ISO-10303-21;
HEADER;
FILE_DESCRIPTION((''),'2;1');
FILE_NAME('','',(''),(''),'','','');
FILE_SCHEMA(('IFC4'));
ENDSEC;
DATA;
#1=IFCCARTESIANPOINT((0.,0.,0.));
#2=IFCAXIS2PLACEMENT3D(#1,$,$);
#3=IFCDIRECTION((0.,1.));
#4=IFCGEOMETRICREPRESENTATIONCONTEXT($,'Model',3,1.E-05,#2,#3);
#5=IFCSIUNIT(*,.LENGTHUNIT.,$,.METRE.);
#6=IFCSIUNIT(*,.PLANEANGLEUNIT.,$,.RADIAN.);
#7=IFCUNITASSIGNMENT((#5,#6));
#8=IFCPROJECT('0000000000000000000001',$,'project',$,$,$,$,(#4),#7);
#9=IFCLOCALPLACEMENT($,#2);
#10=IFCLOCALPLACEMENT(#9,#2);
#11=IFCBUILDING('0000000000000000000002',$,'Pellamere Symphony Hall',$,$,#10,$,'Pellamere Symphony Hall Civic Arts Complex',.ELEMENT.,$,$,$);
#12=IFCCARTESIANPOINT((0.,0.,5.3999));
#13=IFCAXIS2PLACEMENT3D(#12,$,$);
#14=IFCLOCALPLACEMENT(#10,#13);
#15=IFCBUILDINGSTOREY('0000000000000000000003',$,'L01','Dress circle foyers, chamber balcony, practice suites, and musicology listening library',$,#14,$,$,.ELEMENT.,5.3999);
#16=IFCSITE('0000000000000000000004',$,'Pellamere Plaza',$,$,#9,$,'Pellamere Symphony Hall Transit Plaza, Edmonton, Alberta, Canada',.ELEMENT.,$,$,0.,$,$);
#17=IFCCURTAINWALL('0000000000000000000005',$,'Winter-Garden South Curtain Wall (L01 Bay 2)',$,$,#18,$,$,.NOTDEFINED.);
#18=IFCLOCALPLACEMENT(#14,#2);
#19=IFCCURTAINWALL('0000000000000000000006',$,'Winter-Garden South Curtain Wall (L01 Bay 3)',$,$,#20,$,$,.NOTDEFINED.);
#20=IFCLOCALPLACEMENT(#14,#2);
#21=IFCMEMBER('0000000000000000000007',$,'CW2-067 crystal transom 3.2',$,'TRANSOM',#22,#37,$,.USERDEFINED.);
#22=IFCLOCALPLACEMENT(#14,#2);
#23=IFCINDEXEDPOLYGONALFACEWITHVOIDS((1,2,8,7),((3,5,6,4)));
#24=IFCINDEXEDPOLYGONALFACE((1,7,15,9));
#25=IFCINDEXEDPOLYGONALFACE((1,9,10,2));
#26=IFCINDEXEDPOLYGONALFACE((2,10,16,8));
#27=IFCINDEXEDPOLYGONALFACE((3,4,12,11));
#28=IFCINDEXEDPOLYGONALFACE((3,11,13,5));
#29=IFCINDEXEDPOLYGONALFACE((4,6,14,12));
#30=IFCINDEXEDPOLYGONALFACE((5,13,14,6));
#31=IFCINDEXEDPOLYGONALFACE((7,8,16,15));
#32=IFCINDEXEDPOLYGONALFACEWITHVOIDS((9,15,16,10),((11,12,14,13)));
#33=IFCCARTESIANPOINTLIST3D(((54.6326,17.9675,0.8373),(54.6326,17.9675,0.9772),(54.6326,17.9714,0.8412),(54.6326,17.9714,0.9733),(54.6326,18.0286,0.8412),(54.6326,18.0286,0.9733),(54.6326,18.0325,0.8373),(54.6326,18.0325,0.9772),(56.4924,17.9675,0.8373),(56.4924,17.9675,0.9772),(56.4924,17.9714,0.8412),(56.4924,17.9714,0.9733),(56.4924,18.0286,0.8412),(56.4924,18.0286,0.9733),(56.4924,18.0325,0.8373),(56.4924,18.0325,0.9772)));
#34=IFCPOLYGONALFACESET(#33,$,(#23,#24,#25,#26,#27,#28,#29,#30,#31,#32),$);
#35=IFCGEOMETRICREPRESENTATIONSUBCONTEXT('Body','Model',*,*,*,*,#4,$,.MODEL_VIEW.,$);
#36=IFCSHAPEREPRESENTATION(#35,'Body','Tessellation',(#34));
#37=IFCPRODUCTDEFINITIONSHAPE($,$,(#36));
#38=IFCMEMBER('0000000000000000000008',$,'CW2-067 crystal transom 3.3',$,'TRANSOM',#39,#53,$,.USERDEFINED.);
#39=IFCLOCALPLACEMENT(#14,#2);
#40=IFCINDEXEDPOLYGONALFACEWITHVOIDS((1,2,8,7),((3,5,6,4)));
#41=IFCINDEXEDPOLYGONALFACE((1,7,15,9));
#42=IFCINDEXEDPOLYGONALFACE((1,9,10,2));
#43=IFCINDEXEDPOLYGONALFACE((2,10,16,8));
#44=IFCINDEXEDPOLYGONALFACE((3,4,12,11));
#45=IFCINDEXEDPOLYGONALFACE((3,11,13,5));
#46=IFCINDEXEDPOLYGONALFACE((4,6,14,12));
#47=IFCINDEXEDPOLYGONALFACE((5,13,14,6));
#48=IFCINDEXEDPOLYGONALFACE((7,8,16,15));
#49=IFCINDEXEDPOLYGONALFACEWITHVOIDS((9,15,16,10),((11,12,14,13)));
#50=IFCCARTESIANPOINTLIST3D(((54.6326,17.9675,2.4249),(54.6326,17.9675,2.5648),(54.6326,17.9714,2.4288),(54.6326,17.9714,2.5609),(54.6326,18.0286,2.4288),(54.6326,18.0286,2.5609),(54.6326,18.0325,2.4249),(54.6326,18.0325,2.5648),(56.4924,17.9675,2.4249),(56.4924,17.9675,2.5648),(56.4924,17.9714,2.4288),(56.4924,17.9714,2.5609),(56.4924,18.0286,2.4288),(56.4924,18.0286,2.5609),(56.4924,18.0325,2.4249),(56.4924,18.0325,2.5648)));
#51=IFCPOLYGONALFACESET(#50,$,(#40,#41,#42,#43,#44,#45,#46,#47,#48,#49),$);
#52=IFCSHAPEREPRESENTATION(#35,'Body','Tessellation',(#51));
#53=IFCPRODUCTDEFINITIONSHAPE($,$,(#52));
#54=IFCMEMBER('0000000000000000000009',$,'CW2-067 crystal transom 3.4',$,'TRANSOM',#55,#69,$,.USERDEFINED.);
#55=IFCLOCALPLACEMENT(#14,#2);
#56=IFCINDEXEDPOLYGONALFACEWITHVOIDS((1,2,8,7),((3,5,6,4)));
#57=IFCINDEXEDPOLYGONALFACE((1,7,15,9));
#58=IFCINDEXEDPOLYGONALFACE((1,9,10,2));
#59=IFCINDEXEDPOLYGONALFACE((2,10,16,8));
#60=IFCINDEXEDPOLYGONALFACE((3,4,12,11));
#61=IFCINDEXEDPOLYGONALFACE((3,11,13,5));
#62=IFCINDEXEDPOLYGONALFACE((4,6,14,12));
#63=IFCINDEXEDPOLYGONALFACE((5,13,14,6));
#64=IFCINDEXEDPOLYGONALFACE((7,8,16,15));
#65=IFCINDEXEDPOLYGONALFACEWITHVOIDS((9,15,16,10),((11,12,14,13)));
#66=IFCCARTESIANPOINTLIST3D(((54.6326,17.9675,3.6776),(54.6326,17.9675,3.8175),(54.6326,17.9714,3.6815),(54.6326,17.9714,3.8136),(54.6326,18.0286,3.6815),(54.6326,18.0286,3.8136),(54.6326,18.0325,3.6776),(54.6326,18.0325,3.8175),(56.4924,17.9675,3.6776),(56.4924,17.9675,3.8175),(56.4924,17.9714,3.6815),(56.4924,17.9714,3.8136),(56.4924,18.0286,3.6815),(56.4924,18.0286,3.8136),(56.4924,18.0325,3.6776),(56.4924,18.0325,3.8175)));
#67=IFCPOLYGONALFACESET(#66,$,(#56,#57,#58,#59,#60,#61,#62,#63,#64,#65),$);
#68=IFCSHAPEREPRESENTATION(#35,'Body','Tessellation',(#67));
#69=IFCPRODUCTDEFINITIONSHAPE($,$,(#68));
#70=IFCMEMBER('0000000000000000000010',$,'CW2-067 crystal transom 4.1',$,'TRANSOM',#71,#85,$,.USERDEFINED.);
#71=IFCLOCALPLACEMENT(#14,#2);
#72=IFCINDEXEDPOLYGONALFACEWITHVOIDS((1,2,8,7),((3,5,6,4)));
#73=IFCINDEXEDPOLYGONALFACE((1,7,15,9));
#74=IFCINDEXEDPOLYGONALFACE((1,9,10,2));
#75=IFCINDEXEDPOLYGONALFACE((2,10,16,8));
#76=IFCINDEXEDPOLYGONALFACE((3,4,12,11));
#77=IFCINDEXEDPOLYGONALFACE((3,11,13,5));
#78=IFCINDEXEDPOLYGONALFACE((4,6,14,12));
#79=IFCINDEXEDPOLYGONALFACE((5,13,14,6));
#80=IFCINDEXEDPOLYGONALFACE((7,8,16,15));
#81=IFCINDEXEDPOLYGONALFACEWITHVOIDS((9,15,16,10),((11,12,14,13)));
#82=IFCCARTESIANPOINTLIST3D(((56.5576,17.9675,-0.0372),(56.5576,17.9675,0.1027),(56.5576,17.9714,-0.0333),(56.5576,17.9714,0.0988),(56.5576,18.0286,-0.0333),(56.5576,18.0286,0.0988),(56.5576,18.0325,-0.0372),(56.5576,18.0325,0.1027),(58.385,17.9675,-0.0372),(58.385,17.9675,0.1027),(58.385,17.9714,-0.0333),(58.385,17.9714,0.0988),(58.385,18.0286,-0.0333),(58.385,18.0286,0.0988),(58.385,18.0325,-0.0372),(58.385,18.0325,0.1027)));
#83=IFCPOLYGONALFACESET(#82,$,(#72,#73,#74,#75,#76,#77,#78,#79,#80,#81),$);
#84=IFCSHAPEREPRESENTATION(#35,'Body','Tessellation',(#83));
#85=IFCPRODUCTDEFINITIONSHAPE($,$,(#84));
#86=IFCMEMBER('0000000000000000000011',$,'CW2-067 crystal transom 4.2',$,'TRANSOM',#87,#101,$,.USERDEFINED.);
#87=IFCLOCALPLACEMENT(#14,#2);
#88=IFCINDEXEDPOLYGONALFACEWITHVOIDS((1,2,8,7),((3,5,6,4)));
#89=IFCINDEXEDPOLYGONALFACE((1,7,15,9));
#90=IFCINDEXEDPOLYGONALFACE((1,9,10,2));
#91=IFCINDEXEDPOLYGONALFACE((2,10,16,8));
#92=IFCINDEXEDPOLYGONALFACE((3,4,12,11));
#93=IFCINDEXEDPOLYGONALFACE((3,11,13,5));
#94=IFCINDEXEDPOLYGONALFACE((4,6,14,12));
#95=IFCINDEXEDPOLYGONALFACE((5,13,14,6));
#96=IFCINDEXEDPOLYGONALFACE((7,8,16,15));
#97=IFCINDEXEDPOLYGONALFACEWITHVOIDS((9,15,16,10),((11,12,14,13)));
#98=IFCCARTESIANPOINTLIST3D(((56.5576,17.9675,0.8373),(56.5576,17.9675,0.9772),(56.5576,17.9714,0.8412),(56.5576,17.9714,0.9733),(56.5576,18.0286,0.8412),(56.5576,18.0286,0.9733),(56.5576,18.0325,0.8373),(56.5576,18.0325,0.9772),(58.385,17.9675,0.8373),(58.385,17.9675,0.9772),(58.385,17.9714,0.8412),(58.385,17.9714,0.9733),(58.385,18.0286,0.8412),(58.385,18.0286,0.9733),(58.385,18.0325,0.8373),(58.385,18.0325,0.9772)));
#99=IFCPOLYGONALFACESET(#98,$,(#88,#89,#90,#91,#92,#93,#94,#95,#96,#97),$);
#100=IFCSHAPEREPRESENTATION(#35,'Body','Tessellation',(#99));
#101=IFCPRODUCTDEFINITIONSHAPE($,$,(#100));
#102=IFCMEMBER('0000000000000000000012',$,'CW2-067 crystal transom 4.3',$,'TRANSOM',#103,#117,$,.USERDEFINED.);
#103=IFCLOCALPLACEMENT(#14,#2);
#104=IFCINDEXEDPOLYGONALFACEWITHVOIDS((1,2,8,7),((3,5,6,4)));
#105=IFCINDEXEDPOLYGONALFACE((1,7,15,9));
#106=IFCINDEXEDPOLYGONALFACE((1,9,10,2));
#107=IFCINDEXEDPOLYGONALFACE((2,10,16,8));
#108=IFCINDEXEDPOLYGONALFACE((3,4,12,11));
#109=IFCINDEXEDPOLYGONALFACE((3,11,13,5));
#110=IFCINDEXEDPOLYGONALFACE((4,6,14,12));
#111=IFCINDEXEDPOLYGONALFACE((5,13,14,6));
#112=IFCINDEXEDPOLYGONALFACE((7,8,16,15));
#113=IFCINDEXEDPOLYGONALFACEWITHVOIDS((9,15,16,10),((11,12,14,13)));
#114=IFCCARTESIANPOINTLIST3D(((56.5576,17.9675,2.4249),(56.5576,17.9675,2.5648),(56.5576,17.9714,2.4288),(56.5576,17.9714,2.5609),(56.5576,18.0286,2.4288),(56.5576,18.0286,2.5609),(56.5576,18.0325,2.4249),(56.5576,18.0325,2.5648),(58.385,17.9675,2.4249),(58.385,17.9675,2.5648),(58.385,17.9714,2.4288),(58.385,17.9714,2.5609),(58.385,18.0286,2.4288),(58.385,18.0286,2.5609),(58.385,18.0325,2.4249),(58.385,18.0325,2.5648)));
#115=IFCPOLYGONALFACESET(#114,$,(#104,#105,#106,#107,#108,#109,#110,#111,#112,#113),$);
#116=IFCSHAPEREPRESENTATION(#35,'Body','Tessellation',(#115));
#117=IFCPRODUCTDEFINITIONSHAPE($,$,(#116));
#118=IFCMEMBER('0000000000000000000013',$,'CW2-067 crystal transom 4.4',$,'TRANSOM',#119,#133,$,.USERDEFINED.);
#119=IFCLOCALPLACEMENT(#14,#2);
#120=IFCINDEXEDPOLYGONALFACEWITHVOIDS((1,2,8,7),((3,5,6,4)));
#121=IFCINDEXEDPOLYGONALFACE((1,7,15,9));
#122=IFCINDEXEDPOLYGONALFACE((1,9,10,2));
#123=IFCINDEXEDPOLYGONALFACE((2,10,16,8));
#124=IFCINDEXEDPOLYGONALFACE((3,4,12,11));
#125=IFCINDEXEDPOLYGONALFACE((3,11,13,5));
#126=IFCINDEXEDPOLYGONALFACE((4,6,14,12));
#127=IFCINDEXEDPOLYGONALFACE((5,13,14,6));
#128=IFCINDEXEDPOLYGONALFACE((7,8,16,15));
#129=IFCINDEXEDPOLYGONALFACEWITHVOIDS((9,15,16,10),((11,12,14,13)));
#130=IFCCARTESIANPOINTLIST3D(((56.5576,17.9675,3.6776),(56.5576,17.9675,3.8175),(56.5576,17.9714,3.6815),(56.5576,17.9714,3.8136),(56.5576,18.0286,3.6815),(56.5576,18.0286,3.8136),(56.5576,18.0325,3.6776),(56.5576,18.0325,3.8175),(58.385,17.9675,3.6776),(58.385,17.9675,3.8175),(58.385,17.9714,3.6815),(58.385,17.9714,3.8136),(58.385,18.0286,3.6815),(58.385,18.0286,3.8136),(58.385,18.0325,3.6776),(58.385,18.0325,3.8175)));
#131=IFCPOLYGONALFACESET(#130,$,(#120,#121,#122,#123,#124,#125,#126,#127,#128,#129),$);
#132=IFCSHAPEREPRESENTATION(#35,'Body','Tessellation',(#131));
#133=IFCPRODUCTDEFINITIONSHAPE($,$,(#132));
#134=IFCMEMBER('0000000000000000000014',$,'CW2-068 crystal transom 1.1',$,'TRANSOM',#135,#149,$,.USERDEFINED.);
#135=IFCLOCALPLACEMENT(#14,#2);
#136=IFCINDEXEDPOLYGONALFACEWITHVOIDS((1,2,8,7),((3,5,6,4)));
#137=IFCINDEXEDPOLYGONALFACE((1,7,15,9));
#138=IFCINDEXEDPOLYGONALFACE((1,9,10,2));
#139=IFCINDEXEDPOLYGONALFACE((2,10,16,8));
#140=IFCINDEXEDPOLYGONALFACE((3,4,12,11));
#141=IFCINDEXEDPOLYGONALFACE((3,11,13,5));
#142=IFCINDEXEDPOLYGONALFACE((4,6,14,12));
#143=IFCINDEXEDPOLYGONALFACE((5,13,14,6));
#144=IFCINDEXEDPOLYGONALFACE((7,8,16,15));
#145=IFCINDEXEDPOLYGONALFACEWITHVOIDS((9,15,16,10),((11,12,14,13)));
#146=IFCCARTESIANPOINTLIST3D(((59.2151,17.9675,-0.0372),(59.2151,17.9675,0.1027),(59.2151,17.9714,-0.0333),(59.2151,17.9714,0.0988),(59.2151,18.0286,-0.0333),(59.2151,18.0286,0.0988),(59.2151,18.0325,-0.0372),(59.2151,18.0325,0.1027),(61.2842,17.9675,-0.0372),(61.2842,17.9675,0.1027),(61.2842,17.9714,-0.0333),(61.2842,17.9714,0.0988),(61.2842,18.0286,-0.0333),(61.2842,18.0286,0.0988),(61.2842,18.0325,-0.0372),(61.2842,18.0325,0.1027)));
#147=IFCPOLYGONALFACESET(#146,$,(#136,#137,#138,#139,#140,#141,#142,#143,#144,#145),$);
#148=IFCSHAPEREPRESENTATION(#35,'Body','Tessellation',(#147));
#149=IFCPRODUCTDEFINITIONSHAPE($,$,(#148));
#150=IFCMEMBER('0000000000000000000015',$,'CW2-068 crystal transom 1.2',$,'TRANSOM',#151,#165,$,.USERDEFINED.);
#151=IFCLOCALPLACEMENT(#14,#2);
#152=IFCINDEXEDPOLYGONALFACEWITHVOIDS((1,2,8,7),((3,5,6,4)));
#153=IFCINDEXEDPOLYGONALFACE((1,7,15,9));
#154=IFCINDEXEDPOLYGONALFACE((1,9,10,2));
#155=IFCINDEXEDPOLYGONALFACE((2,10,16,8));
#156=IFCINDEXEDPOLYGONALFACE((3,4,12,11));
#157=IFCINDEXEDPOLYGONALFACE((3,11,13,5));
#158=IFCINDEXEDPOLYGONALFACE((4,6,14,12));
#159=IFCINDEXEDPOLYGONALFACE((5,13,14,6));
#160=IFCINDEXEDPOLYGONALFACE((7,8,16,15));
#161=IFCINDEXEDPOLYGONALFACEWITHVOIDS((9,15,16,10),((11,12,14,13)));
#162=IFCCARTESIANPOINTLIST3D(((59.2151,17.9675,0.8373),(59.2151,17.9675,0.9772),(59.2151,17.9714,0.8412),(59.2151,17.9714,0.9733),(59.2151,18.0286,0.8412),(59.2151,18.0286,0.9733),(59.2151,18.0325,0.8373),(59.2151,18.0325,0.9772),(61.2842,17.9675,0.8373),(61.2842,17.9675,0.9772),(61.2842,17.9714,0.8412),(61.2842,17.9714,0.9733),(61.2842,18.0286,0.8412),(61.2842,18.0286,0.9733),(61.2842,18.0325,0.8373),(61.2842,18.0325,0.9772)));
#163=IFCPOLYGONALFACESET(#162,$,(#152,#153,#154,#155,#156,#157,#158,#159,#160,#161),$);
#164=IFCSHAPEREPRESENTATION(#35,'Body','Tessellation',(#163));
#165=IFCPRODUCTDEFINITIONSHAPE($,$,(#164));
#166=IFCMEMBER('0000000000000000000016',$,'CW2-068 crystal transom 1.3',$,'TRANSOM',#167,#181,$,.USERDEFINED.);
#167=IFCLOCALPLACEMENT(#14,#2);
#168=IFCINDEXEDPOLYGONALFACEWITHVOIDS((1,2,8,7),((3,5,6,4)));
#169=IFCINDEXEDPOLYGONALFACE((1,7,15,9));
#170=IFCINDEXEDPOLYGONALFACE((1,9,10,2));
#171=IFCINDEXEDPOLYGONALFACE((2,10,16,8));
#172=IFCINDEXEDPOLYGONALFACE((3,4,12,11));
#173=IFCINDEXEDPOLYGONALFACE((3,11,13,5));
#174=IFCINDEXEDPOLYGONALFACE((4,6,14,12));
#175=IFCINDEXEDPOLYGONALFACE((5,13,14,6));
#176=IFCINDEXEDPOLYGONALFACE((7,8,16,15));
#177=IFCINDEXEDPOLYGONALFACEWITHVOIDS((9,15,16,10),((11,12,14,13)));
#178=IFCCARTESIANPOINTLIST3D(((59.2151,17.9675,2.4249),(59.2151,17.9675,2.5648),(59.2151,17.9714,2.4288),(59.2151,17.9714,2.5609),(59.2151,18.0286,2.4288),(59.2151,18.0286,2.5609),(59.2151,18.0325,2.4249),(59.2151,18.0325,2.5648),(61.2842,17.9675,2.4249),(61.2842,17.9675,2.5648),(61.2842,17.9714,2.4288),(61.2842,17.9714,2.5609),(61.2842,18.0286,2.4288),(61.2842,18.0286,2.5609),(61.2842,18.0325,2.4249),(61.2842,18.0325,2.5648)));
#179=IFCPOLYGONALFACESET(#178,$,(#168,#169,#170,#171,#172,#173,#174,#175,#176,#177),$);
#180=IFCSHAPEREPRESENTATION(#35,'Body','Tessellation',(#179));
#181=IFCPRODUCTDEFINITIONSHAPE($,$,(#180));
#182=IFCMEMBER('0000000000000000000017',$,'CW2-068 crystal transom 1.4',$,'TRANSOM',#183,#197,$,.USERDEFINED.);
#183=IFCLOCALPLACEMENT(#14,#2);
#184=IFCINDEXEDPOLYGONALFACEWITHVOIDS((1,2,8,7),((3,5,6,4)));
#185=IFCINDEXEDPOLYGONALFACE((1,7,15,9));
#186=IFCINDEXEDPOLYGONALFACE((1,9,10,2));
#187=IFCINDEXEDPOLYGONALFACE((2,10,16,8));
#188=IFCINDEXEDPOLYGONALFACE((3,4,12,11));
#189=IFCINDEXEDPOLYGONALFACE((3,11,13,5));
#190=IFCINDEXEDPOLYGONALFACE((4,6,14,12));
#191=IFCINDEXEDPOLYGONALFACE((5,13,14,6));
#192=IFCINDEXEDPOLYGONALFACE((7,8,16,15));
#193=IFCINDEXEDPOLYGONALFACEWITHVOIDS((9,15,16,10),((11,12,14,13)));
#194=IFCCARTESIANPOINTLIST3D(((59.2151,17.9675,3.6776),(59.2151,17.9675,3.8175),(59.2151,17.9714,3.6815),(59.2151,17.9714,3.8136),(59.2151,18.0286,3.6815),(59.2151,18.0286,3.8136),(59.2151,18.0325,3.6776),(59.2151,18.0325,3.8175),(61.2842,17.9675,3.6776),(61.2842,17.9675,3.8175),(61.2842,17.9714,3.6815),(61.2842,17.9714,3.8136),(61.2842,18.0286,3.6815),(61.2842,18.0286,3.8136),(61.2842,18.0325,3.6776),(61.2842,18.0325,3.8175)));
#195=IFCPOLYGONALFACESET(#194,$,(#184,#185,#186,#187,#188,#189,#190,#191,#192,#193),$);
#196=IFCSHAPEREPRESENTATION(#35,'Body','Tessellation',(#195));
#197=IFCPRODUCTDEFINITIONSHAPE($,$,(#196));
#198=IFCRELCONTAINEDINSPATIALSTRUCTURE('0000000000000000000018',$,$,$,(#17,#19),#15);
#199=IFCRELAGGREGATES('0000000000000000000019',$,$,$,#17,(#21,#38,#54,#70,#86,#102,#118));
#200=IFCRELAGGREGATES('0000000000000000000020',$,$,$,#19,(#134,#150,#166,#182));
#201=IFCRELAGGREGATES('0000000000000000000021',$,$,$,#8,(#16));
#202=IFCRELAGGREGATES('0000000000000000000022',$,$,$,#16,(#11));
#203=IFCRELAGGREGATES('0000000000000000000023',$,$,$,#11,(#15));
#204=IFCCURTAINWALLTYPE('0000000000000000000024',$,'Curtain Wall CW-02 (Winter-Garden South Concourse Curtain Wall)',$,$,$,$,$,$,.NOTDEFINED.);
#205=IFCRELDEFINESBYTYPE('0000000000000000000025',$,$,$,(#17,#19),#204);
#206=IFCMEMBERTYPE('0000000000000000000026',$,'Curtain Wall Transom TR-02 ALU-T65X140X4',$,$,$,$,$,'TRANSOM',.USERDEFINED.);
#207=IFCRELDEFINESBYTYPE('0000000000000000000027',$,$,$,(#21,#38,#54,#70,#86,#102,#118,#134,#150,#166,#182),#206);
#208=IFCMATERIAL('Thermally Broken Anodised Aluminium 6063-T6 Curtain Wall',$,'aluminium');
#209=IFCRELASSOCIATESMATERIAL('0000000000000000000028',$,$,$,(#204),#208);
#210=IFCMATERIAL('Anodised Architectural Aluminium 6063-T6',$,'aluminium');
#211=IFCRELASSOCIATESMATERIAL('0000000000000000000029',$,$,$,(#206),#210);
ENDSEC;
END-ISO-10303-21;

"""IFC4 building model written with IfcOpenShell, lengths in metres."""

from ifc_helpers import new_model, si_unit, direction, frame, origin, origin_2d, place, context, subcontext, project, spatial, hollow_rectangle, extrude, material, material_profile, profile_set, type_object, element, aggregate, save


model = new_model("IFC4")

# Units and contexts
model_context = context("Model", 3, precision=1e-05, world=origin(), true_north=direction((0.0, 1.0)))
body_context = subcontext(model_context, "Body", "Model", "MODEL_VIEW")
ifc_project = project(units=[si_unit("LENGTHUNIT", "METRE"), si_unit("PLANEANGLEUNIT", "RADIAN")], contexts=[model_context])

# Site, building, storey
site_placement = place(None, origin())
site = spatial("IfcSite", under=ifc_project, at=site_placement, Name="Pellamere Plaza", LongName="Pellamere Symphony Hall Transit Plaza, Edmonton, Alberta, Canada", CompositionType="ELEMENT", RefElevation=0.0)
building_placement = place(site_placement, origin())
building = spatial("IfcBuilding", under=site, at=building_placement, Name="Pellamere Symphony Hall", LongName="Pellamere Symphony Hall Civic Arts Complex", CompositionType="ELEMENT")
storey_placement = place(building_placement, frame((0.0, 0.0, 5.3999)))
storey = spatial("IfcBuildingStorey", under=building, at=storey_placement, Name="L01", Description="Dress circle foyers, chamber balcony, practice suites, and musicology listening library", CompositionType="ELEMENT", Elevation=5.3999)

# Curtain wall
ifc_material_1 = material(Name="Thermally Broken Anodised Aluminium 6063-T6 Curtain Wall", Category="aluminium")
curtain_wall_type = type_object("IfcCurtainWallType", Name="Curtain Wall CW-02 (Winter-Garden South Concourse Curtain Wall)", PredefinedType="NOTDEFINED", material=ifc_material_1)
curtain_wall_1_placement = place(storey_placement, origin())
curtain_wall_1 = element("IfcCurtainWall", 1, at=curtain_wall_1_placement, inside=storey, type_object=curtain_wall_type, Name="Winter-Garden South Curtain Wall (L01 Bay 2)", PredefinedType="NOTDEFINED")
ifc_material_2 = material(Name="Anodised Architectural Aluminium 6063-T6", Category="aluminium")

# Curtain wall
curtain_wall_2_placement = place(storey_placement, origin())
curtain_wall_2 = element("IfcCurtainWall", 2, at=curtain_wall_2_placement, inside=storey, type_object=curtain_wall_type, Name="Winter-Garden South Curtain Wall (L01 Bay 3)", PredefinedType="NOTDEFINED")

# Members
ifc_material_profile_1 = material_profile(ifc_material_2, hollow_rectangle(XDim=0.0649, YDim=0.1399, WallThickness=0.0039, at=origin_2d()), Name="ALU-T65X140X4")
ifc_profile_set_1 = profile_set([ifc_material_profile_1], Name="Anodised Architectural Aluminium 6063-T6")
member_type_1 = type_object("IfcMemberType", Name="Curtain Wall Transom TR-02 ALU-T65X140X4", ElementType="TRANSOM", PredefinedType="USERDEFINED", material=ifc_profile_set_1)
member_1_placement = place(storey_placement, frame((54.6326, 18.0, 0.9072), z_axis=(1.0, 0.0, 0.0), x_axis=(0.0, 1.0, 0.0)))
member_1 = element("IfcMember", 3, at=member_1_placement, type_object=member_type_1, Name="CW2-067 crystal transom 3.2", ObjectType="TRANSOM", PredefinedType="USERDEFINED", context=body_context, shape_type="SweptSolid", body=[
    extrude(hollow_rectangle(XDim=0.0649, YDim=0.1399, WallThickness=0.0039, at=origin_2d()), origin(), (0.0, 0.0, 1.0), 1.8599),
])
member_2_placement = place(storey_placement, frame((54.6326, 18.0, 2.4949), z_axis=(1.0, 0.0, 0.0), x_axis=(0.0, 1.0, 0.0)))
member_2 = element("IfcMember", 4, at=member_2_placement, type_object=member_type_1, Name="CW2-067 crystal transom 3.3", ObjectType="TRANSOM", PredefinedType="USERDEFINED", context=body_context, shape_type="SweptSolid", body=[
    extrude(hollow_rectangle(XDim=0.0649, YDim=0.1399, WallThickness=0.0039, at=origin_2d()), origin(), (0.0, 0.0, 1.0), 1.8599),
])
member_3_placement = place(storey_placement, frame((54.6326, 18.0, 3.7476), z_axis=(1.0, 0.0, 0.0), x_axis=(0.0, 1.0, 0.0)))
member_3 = element("IfcMember", 5, at=member_3_placement, type_object=member_type_1, Name="CW2-067 crystal transom 3.4", ObjectType="TRANSOM", PredefinedType="USERDEFINED", context=body_context, shape_type="SweptSolid", body=[
    extrude(hollow_rectangle(XDim=0.0649, YDim=0.1399, WallThickness=0.0039, at=origin_2d()), origin(), (0.0, 0.0, 1.0), 1.8599),
])
member_4_placement = place(storey_placement, frame((56.5576, 18.0, 0.0327), z_axis=(1.0, 0.0, 0.0), x_axis=(0.0, 1.0, 0.0)))
member_4 = element("IfcMember", 6, at=member_4_placement, type_object=member_type_1, Name="CW2-067 crystal transom 4.1", ObjectType="TRANSOM", PredefinedType="USERDEFINED", context=body_context, shape_type="SweptSolid", body=[
    extrude(hollow_rectangle(XDim=0.0649, YDim=0.1399, WallThickness=0.0039, at=origin_2d()), origin(), (0.0, 0.0, 1.0), 1.8274),
])
member_5_placement = place(storey_placement, frame((56.5576, 18.0, 0.9072), z_axis=(1.0, 0.0, 0.0), x_axis=(0.0, 1.0, 0.0)))
member_5 = element("IfcMember", 7, at=member_5_placement, type_object=member_type_1, Name="CW2-067 crystal transom 4.2", ObjectType="TRANSOM", PredefinedType="USERDEFINED", context=body_context, shape_type="SweptSolid", body=[
    extrude(hollow_rectangle(XDim=0.0649, YDim=0.1399, WallThickness=0.0039, at=origin_2d()), origin(), (0.0, 0.0, 1.0), 1.8274),
])
member_6_placement = place(storey_placement, frame((56.5576, 18.0, 2.4949), z_axis=(1.0, 0.0, 0.0), x_axis=(0.0, 1.0, 0.0)))
member_6 = element("IfcMember", 8, at=member_6_placement, type_object=member_type_1, Name="CW2-067 crystal transom 4.3", ObjectType="TRANSOM", PredefinedType="USERDEFINED", context=body_context, shape_type="SweptSolid", body=[
    extrude(hollow_rectangle(XDim=0.0649, YDim=0.1399, WallThickness=0.0039, at=origin_2d()), origin(), (0.0, 0.0, 1.0), 1.8274),
])
member_7_placement = place(storey_placement, frame((56.5576, 18.0, 3.7476), z_axis=(1.0, 0.0, 0.0), x_axis=(0.0, 1.0, 0.0)))
member_7 = element("IfcMember", 9, at=member_7_placement, type_object=member_type_1, Name="CW2-067 crystal transom 4.4", ObjectType="TRANSOM", PredefinedType="USERDEFINED", context=body_context, shape_type="SweptSolid", body=[
    extrude(hollow_rectangle(XDim=0.0649, YDim=0.1399, WallThickness=0.0039, at=origin_2d()), origin(), (0.0, 0.0, 1.0), 1.8274),
])
member_8_placement = place(storey_placement, frame((59.2151, 18.0, 0.0327), z_axis=(1.0, 0.0, 0.0), x_axis=(0.0, 1.0, 0.0)))
member_8 = element("IfcMember", 10, at=member_8_placement, type_object=member_type_1, Name="CW2-068 crystal transom 1.1", ObjectType="TRANSOM", PredefinedType="USERDEFINED", context=body_context, shape_type="SweptSolid", body=[
    extrude(hollow_rectangle(XDim=0.0649, YDim=0.1399, WallThickness=0.0039, at=origin_2d()), origin(), (0.0, 0.0, 1.0), 2.0691),
])
member_9_placement = place(storey_placement, frame((59.2151, 18.0, 0.9072), z_axis=(1.0, 0.0, 0.0), x_axis=(0.0, 1.0, 0.0)))
member_9 = element("IfcMember", 11, at=member_9_placement, type_object=member_type_1, Name="CW2-068 crystal transom 1.2", ObjectType="TRANSOM", PredefinedType="USERDEFINED", context=body_context, shape_type="SweptSolid", body=[
    extrude(hollow_rectangle(XDim=0.0649, YDim=0.1399, WallThickness=0.0039, at=origin_2d()), origin(), (0.0, 0.0, 1.0), 2.0691),
])
member_10_placement = place(storey_placement, frame((59.2151, 18.0, 2.4949), z_axis=(1.0, 0.0, 0.0), x_axis=(0.0, 1.0, 0.0)))
member_10 = element("IfcMember", 12, at=member_10_placement, type_object=member_type_1, Name="CW2-068 crystal transom 1.3", ObjectType="TRANSOM", PredefinedType="USERDEFINED", context=body_context, shape_type="SweptSolid", body=[
    extrude(hollow_rectangle(XDim=0.0649, YDim=0.1399, WallThickness=0.0039, at=origin_2d()), origin(), (0.0, 0.0, 1.0), 2.0691),
])
member_11_placement = place(storey_placement, frame((59.2151, 18.0, 3.7476), z_axis=(1.0, 0.0, 0.0), x_axis=(0.0, 1.0, 0.0)))
member_11 = element("IfcMember", 13, at=member_11_placement, type_object=member_type_1, Name="CW2-068 crystal transom 1.4", ObjectType="TRANSOM", PredefinedType="USERDEFINED", context=body_context, shape_type="SweptSolid", body=[
    extrude(hollow_rectangle(XDim=0.0649, YDim=0.1399, WallThickness=0.0039, at=origin_2d()), origin(), (0.0, 0.0, 1.0), 2.0691),
])

aggregate(curtain_wall_1, [member_1, member_2, member_3, member_4, member_5, member_6, member_7])
aggregate(curtain_wall_2, [member_8, member_9, member_10, member_11])

save(model, "model.ifc")
